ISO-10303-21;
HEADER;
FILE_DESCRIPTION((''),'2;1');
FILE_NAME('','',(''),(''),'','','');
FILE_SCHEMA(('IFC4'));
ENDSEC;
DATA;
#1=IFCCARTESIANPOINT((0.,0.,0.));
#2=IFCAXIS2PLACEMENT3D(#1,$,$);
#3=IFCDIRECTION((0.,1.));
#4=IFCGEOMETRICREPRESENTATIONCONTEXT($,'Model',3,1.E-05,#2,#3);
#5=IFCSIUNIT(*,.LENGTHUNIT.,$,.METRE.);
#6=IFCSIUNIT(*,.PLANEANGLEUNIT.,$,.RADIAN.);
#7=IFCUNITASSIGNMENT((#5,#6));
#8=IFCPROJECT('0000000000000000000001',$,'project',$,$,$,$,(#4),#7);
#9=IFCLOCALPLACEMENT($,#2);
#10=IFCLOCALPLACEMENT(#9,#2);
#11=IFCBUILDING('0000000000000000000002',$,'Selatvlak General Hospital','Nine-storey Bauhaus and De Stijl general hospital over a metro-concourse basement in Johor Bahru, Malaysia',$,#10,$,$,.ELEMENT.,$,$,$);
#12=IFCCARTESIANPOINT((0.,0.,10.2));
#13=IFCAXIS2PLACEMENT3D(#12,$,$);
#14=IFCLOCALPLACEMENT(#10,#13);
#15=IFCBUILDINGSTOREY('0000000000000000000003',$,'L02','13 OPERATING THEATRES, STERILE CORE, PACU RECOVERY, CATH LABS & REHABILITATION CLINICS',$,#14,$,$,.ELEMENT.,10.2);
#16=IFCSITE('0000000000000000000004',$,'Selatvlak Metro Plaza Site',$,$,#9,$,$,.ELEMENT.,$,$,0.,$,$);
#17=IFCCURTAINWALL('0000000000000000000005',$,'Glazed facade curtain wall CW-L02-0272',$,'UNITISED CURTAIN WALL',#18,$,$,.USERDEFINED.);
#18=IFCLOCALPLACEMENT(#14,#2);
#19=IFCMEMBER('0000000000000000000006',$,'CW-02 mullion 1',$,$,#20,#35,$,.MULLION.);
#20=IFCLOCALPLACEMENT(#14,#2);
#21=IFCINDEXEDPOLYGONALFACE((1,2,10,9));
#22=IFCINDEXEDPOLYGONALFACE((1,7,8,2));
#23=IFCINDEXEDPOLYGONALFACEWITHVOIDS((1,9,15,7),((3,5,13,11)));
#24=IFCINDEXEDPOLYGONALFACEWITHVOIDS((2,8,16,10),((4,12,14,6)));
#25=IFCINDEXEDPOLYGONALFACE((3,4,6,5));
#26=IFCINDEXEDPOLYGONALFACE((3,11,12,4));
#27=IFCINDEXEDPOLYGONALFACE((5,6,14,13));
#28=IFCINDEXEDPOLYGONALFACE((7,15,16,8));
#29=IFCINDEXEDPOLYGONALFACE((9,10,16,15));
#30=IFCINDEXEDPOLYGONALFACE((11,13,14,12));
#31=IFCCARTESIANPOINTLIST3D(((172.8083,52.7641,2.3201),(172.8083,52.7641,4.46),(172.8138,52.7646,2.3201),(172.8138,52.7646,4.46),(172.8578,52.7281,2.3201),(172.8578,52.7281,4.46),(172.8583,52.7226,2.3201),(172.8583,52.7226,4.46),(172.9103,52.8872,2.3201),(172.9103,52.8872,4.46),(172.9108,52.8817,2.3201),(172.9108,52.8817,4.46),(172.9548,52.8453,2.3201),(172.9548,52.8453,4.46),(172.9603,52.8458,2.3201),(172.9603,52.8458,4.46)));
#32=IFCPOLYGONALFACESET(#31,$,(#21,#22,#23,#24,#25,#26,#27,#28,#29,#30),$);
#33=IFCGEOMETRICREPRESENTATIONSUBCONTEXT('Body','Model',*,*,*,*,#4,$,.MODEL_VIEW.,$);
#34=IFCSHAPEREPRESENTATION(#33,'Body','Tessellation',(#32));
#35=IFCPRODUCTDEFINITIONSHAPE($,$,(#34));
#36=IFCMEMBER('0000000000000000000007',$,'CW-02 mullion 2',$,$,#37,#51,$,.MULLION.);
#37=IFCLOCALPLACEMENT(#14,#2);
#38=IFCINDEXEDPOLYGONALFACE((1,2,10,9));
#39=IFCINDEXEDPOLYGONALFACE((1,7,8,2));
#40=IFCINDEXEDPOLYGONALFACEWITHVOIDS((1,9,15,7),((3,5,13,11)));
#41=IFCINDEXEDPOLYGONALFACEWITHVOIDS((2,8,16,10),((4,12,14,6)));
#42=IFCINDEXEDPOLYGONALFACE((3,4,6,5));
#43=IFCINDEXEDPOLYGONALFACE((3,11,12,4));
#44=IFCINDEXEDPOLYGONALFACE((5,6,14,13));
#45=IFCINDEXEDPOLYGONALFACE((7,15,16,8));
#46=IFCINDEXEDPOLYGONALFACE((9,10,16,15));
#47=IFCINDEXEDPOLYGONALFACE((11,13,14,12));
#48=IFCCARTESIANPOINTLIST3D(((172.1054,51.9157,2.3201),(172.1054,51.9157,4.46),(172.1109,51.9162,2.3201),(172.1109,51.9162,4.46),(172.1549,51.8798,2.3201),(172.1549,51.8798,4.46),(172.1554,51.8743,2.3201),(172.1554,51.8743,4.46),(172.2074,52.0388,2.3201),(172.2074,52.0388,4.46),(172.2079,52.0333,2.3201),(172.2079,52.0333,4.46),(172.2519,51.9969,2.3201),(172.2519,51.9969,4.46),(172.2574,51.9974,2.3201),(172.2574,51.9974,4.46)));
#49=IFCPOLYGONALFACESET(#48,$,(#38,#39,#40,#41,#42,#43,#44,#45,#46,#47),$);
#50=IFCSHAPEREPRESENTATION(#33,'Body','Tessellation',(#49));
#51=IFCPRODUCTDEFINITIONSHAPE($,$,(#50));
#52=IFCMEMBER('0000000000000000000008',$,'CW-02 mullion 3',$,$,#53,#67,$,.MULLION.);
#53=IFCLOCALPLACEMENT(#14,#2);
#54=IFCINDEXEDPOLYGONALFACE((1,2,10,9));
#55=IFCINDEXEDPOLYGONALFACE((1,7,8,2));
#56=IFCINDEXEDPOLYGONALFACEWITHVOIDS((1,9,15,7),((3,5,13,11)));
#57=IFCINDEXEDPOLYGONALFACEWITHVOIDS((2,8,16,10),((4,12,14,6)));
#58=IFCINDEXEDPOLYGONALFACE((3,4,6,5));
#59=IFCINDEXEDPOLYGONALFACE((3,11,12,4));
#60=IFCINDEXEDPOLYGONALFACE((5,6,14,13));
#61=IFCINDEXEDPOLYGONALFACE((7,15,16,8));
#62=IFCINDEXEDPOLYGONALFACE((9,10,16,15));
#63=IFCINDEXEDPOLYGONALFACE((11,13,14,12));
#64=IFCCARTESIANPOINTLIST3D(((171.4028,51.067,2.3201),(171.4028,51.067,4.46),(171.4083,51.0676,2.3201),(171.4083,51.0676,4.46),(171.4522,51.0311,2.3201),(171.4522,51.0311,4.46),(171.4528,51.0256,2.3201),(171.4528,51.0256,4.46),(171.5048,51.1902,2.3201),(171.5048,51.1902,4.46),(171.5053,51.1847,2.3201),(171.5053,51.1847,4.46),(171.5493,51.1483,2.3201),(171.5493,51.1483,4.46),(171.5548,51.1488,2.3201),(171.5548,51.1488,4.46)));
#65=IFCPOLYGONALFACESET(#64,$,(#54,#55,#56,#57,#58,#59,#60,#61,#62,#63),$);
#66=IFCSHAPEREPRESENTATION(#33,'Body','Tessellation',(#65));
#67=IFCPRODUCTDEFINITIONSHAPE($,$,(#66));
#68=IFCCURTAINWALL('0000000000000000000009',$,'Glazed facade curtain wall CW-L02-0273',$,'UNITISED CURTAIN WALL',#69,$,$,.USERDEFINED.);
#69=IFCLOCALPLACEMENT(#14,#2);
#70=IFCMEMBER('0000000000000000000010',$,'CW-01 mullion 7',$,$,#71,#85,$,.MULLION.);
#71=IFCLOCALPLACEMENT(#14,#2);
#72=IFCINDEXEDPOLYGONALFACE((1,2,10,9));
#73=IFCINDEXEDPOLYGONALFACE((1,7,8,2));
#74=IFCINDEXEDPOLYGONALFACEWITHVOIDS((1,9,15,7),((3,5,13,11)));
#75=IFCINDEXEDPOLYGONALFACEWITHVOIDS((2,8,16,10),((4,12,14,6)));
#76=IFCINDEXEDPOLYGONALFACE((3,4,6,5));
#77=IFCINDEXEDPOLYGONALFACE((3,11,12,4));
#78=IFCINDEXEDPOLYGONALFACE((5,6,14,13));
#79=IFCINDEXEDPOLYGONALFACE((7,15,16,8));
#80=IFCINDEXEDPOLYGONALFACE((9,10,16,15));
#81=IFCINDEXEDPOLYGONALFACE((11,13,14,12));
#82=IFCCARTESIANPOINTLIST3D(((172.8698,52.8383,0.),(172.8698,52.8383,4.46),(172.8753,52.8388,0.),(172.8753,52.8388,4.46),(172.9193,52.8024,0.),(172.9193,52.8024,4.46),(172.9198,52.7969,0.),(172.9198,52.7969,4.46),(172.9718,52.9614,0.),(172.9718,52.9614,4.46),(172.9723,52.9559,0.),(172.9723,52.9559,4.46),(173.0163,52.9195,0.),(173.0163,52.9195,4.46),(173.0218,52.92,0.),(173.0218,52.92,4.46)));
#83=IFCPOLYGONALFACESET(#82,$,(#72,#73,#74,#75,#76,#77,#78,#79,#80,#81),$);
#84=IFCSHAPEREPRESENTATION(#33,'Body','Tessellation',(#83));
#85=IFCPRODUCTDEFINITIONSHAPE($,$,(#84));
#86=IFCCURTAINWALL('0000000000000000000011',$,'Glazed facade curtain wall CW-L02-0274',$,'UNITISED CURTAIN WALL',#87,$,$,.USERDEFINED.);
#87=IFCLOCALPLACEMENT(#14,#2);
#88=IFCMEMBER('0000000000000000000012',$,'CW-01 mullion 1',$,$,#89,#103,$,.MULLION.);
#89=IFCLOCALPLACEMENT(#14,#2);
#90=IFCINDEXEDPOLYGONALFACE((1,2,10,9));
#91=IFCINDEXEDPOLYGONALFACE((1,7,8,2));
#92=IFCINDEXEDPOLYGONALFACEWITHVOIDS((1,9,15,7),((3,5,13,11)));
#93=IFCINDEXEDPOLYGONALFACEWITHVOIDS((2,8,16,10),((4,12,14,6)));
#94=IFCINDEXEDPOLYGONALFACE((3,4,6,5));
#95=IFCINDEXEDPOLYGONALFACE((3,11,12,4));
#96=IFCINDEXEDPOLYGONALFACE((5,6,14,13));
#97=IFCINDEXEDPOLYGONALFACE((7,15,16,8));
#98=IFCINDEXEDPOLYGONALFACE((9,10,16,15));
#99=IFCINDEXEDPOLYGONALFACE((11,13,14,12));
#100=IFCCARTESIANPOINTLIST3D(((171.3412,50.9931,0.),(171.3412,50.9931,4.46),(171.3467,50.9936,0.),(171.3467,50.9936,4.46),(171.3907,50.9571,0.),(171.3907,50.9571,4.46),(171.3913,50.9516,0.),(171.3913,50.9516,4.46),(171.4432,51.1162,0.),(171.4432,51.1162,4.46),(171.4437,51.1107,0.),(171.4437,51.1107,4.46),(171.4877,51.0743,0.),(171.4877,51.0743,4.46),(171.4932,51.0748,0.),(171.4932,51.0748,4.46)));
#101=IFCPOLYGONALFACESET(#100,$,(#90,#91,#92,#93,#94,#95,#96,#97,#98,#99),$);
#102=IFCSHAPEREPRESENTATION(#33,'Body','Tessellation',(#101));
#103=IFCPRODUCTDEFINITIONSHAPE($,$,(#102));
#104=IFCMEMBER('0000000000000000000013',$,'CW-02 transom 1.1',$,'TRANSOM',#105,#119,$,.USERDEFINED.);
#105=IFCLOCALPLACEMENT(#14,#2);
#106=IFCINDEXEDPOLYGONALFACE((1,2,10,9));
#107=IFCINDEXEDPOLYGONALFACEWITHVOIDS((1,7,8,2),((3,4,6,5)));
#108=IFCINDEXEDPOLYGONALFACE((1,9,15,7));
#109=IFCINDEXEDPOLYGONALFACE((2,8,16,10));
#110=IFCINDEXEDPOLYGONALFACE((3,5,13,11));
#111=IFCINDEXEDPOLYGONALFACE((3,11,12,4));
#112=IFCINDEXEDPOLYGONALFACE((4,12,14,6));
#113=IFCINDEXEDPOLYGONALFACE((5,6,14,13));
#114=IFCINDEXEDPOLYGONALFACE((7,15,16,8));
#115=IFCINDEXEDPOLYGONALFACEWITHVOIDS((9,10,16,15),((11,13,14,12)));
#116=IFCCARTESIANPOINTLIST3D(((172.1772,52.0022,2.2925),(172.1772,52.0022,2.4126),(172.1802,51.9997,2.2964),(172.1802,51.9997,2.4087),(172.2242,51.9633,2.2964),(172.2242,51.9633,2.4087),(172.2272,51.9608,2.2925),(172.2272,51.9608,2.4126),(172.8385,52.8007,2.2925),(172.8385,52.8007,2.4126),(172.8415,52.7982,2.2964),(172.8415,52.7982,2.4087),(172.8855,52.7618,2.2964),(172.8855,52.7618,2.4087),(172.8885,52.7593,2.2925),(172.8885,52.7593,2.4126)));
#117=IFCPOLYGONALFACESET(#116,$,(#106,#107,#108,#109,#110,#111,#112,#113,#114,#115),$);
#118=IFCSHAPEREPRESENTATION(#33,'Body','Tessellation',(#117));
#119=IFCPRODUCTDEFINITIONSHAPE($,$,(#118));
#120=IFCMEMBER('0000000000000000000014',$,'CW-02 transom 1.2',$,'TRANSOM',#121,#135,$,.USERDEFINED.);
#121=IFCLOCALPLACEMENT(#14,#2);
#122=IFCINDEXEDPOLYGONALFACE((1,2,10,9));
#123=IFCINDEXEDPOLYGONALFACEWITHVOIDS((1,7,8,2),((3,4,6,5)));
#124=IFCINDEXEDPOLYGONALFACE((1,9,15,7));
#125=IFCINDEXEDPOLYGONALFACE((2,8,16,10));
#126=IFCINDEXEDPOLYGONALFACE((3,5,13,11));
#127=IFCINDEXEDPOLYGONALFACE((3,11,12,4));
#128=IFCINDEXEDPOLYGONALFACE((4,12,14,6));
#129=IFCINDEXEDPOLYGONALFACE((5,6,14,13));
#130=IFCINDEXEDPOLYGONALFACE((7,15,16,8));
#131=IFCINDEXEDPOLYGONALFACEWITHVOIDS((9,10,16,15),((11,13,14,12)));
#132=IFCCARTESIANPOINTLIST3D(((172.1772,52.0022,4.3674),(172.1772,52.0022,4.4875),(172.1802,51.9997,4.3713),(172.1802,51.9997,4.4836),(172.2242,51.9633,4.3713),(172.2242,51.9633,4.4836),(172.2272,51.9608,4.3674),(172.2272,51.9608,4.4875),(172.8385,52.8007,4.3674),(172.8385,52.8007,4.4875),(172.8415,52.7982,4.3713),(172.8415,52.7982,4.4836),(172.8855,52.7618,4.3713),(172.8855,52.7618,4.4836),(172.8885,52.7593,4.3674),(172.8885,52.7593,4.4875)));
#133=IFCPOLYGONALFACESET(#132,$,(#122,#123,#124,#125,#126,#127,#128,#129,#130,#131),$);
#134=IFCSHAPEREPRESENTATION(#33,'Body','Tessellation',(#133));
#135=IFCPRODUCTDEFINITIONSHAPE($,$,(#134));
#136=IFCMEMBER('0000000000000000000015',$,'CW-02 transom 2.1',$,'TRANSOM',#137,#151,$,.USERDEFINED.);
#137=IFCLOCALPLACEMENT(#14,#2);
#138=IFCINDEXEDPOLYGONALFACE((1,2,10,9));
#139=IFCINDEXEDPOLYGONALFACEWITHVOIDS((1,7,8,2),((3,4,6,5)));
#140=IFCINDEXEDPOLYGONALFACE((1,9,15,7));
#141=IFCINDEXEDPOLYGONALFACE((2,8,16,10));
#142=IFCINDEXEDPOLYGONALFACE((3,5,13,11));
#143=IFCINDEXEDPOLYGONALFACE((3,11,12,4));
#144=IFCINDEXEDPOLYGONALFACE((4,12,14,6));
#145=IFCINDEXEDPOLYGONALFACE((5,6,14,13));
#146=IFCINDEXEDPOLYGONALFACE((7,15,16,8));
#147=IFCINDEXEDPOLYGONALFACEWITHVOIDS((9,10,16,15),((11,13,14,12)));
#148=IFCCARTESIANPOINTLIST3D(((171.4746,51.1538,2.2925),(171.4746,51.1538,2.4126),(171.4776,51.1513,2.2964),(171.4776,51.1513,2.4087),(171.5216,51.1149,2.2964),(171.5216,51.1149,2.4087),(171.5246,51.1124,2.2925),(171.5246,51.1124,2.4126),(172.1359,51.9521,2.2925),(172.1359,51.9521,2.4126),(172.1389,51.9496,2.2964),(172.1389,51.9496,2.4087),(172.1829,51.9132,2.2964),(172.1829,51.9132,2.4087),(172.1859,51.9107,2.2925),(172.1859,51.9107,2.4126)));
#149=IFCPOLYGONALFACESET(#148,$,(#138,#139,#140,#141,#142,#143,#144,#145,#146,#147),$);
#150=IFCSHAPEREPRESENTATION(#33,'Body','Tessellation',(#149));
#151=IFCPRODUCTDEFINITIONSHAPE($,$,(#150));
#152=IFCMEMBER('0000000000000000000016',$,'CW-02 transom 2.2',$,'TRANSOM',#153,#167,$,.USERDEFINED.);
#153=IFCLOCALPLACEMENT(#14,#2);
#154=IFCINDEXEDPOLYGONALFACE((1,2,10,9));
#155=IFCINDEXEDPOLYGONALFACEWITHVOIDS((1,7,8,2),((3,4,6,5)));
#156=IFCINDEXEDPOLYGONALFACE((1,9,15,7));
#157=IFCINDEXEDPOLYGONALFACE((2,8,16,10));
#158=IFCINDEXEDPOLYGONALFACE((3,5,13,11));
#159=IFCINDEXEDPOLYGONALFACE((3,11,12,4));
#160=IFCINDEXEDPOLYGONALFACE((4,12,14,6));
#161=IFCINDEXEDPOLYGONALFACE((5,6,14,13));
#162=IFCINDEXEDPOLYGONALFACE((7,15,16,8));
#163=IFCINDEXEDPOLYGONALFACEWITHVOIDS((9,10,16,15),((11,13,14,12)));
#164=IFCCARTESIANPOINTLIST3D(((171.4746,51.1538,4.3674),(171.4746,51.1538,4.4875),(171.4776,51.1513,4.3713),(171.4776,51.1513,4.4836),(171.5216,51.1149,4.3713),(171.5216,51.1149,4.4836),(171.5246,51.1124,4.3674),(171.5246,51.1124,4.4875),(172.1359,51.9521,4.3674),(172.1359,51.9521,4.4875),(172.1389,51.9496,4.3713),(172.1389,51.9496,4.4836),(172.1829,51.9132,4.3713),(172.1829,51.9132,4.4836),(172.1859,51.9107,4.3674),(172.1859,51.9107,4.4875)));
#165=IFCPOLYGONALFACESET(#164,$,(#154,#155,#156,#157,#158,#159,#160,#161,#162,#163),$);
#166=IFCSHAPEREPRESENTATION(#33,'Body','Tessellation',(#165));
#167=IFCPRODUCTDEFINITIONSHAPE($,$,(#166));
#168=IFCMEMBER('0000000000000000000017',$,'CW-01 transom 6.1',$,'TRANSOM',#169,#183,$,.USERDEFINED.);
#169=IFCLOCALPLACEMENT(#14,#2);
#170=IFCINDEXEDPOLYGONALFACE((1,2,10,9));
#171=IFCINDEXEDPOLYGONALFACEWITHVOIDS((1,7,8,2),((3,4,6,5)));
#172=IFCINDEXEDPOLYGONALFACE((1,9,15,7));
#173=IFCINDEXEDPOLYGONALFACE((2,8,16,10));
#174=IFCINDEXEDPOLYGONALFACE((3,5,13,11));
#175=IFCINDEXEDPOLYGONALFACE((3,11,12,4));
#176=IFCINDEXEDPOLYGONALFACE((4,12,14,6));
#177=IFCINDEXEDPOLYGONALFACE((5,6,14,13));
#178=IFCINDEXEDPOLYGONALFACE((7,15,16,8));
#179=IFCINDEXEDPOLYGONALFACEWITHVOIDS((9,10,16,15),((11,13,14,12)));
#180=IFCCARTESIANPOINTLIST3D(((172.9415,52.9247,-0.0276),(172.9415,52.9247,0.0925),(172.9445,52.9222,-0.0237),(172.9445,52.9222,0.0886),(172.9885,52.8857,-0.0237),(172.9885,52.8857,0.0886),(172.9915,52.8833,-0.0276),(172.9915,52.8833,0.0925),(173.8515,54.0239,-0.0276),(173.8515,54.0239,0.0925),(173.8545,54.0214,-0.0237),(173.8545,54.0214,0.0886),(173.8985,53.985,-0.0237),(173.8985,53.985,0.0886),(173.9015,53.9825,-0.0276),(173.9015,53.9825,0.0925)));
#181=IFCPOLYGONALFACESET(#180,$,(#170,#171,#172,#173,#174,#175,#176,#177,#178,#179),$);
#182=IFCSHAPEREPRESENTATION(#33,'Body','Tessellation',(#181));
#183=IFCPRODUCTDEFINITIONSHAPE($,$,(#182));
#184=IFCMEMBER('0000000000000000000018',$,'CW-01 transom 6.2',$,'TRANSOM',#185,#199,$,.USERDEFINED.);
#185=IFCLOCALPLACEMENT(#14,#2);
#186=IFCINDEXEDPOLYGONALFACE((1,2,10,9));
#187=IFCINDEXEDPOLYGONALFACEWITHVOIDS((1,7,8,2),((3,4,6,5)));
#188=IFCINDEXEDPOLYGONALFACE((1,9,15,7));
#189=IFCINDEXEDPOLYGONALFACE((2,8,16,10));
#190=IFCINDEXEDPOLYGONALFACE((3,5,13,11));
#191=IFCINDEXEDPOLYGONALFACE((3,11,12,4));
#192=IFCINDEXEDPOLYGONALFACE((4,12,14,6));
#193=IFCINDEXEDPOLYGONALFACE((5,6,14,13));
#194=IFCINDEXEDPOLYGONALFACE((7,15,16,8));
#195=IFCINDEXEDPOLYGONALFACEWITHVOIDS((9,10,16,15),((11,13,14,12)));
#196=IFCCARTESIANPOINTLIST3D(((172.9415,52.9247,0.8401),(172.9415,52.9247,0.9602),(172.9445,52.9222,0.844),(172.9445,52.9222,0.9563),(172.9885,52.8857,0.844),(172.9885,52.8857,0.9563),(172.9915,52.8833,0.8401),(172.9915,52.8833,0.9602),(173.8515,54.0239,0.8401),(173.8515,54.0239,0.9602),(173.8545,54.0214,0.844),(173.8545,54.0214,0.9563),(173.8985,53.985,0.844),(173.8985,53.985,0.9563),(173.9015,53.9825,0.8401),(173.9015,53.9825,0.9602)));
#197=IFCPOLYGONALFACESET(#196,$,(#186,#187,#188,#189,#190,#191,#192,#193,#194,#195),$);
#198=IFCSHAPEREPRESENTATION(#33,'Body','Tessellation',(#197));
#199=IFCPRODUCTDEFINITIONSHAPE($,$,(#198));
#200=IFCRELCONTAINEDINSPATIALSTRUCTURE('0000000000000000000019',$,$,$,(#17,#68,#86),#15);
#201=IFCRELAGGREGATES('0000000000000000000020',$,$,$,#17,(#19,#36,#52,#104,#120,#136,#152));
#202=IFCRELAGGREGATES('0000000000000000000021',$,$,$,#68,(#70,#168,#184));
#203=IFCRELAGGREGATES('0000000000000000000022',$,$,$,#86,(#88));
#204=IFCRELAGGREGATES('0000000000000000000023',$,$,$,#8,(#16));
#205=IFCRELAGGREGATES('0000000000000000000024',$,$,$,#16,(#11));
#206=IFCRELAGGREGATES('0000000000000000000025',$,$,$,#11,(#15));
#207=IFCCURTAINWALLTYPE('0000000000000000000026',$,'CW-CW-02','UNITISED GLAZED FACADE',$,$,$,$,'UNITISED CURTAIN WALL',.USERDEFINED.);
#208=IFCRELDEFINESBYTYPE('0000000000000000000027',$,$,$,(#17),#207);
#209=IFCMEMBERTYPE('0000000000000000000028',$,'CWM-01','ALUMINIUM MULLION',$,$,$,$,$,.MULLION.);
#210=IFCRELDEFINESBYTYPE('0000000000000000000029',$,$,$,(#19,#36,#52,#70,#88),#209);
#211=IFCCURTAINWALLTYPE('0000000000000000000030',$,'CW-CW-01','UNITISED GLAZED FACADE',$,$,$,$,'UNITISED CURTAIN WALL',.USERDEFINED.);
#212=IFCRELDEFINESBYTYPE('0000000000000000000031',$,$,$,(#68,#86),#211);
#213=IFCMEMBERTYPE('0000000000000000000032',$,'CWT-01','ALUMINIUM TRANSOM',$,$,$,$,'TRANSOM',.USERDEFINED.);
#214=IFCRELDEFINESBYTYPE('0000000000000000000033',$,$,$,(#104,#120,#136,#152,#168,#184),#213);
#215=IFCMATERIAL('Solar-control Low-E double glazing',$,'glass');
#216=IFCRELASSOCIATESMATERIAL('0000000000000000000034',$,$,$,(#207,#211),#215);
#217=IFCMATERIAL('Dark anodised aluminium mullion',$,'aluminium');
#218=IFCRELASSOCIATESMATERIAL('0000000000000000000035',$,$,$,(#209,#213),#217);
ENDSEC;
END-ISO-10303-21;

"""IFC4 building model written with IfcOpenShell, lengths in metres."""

from ifc_helpers import new_model, si_unit, direction, frame, origin, origin_2d, place, context, subcontext, project, spatial, hollow_rectangle, extrude, material, material_profile, profile_set, type_object, element, aggregate, save


model = new_model("IFC4")

# Units and contexts
model_context = context("Model", 3, precision=1e-05, world=origin(), true_north=direction((0.0, 1.0)))
body_context = subcontext(model_context, "Body", "Model", "MODEL_VIEW")
ifc_project = project(units=[si_unit("LENGTHUNIT", "METRE"), si_unit("PLANEANGLEUNIT", "RADIAN")], contexts=[model_context])

# Site, building, storey
site_placement = place(None, origin())
site = spatial("IfcSite", under=ifc_project, at=site_placement, Name="Selatvlak Metro Plaza Site", CompositionType="ELEMENT", RefElevation=0.0)
building_placement = place(site_placement, origin())
building = spatial("IfcBuilding", under=site, at=building_placement, Name="Selatvlak General Hospital", Description="Nine-storey Bauhaus and De Stijl general hospital over a metro-concourse basement in Johor Bahru, Malaysia", CompositionType="ELEMENT")
storey_placement = place(building_placement, frame((0.0, 0.0, 10.2)))
storey = spatial("IfcBuildingStorey", under=building, at=storey_placement, Name="L02", Description="13 OPERATING THEATRES, STERILE CORE, PACU RECOVERY, CATH LABS & REHABILITATION CLINICS", CompositionType="ELEMENT", Elevation=10.2)

# Curtain wall, members
ifc_material_1 = material(Name="Solar-control Low-E double glazing", Category="glass")
curtain_wall_type_1 = type_object("IfcCurtainWallType", Name="CW-CW-02", Description="UNITISED GLAZED FACADE", ElementType="UNITISED CURTAIN WALL", PredefinedType="USERDEFINED", material=ifc_material_1)
curtain_wall_1_placement = place(storey_placement, origin())
curtain_wall_1 = element("IfcCurtainWall", 1, at=curtain_wall_1_placement, inside=storey, type_object=curtain_wall_type_1, Name="Glazed facade curtain wall CW-L02-0272", ObjectType="UNITISED CURTAIN WALL", PredefinedType="USERDEFINED")
ifc_material_2 = material(Name="Dark anodised aluminium mullion", Category="aluminium")
ifc_material_profile_1 = material_profile(ifc_material_2, hollow_rectangle(XDim=0.0649, YDim=0.1599, WallThickness=0.0039, at=origin_2d()), Name="AL-MUL 65x160x4")
ifc_profile_set_1 = profile_set([ifc_material_profile_1], Name="Dark anodised aluminium mullion")
member_type_1 = type_object("IfcMemberType", Name="CWM-01", Description="ALUMINIUM MULLION", PredefinedType="MULLION", material=ifc_profile_set_1)
member_1_placement = place(storey_placement, frame((172.8843, 52.8049, 2.3201), z_axis=(0.0, 0.0, 1.0), x_axis=(0.770133, -0.637883, 0.0)))
member_1 = element("IfcMember", 2, at=member_1_placement, type_object=member_type_1, Name="CW-02 mullion 1", PredefinedType="MULLION", context=body_context, shape_type="SweptSolid", body=[
    extrude(hollow_rectangle(XDim=0.0649, YDim=0.1599, WallThickness=0.0039, at=origin_2d()), origin(), (0.0, 0.0, 1.0), 2.1399),
])
member_2_placement = place(storey_placement, frame((172.1814, 51.9565, 2.3201), z_axis=(0.0, 0.0, 1.0), x_axis=(0.770133, -0.637883, 0.0)))
member_2 = element("IfcMember", 3, at=member_2_placement, type_object=member_type_1, Name="CW-02 mullion 2", PredefinedType="MULLION", context=body_context, shape_type="SweptSolid", body=[
    extrude(hollow_rectangle(XDim=0.0649, YDim=0.1599, WallThickness=0.0039, at=origin_2d()), origin(), (0.0, 0.0, 1.0), 2.1399),
])
member_3_placement = place(storey_placement, frame((171.4788, 51.1079, 2.3201), z_axis=(0.0, 0.0, 1.0), x_axis=(0.770133, -0.637883, 0.0)))
member_3 = element("IfcMember", 4, at=member_3_placement, type_object=member_type_1, Name="CW-02 mullion 3", PredefinedType="MULLION", context=body_context, shape_type="SweptSolid", body=[
    extrude(hollow_rectangle(XDim=0.0649, YDim=0.1599, WallThickness=0.0039, at=origin_2d()), origin(), (0.0, 0.0, 1.0), 2.1399),
])

# Curtain walls, members
curtain_wall_type_2 = type_object("IfcCurtainWallType", Name="CW-CW-01", Description="UNITISED GLAZED FACADE", ElementType="UNITISED CURTAIN WALL", PredefinedType="USERDEFINED", material=ifc_material_1)
curtain_wall_2_placement = place(storey_placement, origin())
curtain_wall_2 = element("IfcCurtainWall", 5, at=curtain_wall_2_placement, inside=storey, type_object=curtain_wall_type_2, Name="Glazed facade curtain wall CW-L02-0273", ObjectType="UNITISED CURTAIN WALL", PredefinedType="USERDEFINED")
member_4_placement = place(storey_placement, frame((172.9458, 52.8792, 0.0), z_axis=(0.0, 0.0, 1.0), x_axis=(0.770252, -0.63774, 0.0)))
member_4 = element("IfcMember", 6, at=member_4_placement, type_object=member_type_1, Name="CW-01 mullion 7", PredefinedType="MULLION", context=body_context, shape_type="SweptSolid", body=[
    extrude(hollow_rectangle(XDim=0.0649, YDim=0.1599, WallThickness=0.0039, at=origin_2d()), origin(), (0.0, 0.0, 1.0), 4.46),
])
curtain_wall_3_placement = place(storey_placement, origin())
curtain_wall_3 = element("IfcCurtainWall", 7, at=curtain_wall_3_placement, inside=storey, type_object=curtain_wall_type_2, Name="Glazed facade curtain wall CW-L02-0274", ObjectType="UNITISED CURTAIN WALL", PredefinedType="USERDEFINED")
member_5_placement = place(storey_placement, frame((171.4172, 51.0339, 0.0), z_axis=(0.0, 0.0, 1.0), x_axis=(0.770267, -0.637721, 0.0)))
member_5 = element("IfcMember", 8, at=member_5_placement, type_object=member_type_1, Name="CW-01 mullion 1", PredefinedType="MULLION", context=body_context, shape_type="SweptSolid", body=[
    extrude(hollow_rectangle(XDim=0.0649, YDim=0.1599, WallThickness=0.0039, at=origin_2d()), origin(), (0.0, 0.0, 1.0), 4.46),
])

# Members
ifc_material_profile_2 = material_profile(ifc_material_2, hollow_rectangle(XDim=0.0649, YDim=0.1201, WallThickness=0.0039, at=origin_2d()), Name="AL-TRN 65x120x4")
ifc_profile_set_2 = profile_set([ifc_material_profile_2], Name="Dark anodised aluminium mullion")
member_type_2 = type_object("IfcMemberType", Name="CWT-01", Description="ALUMINIUM TRANSOM", ElementType="TRANSOM", PredefinedType="USERDEFINED", material=ifc_profile_set_2)
member_6_placement = place(storey_placement, frame((172.8635, 52.78, 2.3525), z_axis=(-0.637842, -0.770167, 0.0), x_axis=(0.770167, -0.637842, 0.0)))
member_6 = element("IfcMember", 9, at=member_6_placement, type_object=member_type_2, Name="CW-02 transom 1.1", ObjectType="TRANSOM", PredefinedType="USERDEFINED", context=body_context, shape_type="SweptSolid", body=[
    extrude(hollow_rectangle(XDim=0.0649, YDim=0.1201, WallThickness=0.0039, at=origin_2d()), origin(), (0.0, 0.0, 1.0), 1.0369),
])
member_7_placement = place(storey_placement, frame((172.8635, 52.78, 4.4275), z_axis=(-0.637842, -0.770167, 0.0), x_axis=(0.770167, -0.637842, 0.0)))
member_7 = element("IfcMember", 10, at=member_7_placement, type_object=member_type_2, Name="CW-02 transom 1.2", ObjectType="TRANSOM", PredefinedType="USERDEFINED", context=body_context, shape_type="SweptSolid", body=[
    extrude(hollow_rectangle(XDim=0.0649, YDim=0.1201, WallThickness=0.0039, at=origin_2d()), origin(), (0.0, 0.0, 1.0), 1.0369),
])
member_8_placement = place(storey_placement, frame((172.1609, 51.9314, 2.3525), z_axis=(-0.637958, -0.770071, 0.0), x_axis=(0.770071, -0.637958, 0.0)))
member_8 = element("IfcMember", 11, at=member_8_placement, type_object=member_type_2, Name="CW-02 transom 2.1", ObjectType="TRANSOM", PredefinedType="USERDEFINED", context=body_context, shape_type="SweptSolid", body=[
    extrude(hollow_rectangle(XDim=0.0649, YDim=0.1201, WallThickness=0.0039, at=origin_2d()), origin(), (0.0, 0.0, 1.0), 1.0366),
])
member_9_placement = place(storey_placement, frame((172.1609, 51.9314, 4.4275), z_axis=(-0.637958, -0.770071, 0.0), x_axis=(0.770071, -0.637958, 0.0)))
member_9 = element("IfcMember", 12, at=member_9_placement, type_object=member_type_2, Name="CW-02 transom 2.2", ObjectType="TRANSOM", PredefinedType="USERDEFINED", context=body_context, shape_type="SweptSolid", body=[
    extrude(hollow_rectangle(XDim=0.0649, YDim=0.1201, WallThickness=0.0039, at=origin_2d()), origin(), (0.0, 0.0, 1.0), 1.0366),
])
member_10_placement = place(storey_placement, frame((173.8765, 54.0032, 0.0325), z_axis=(-0.63769, -0.770293, 0.0), x_axis=(0.770293, -0.63769, 0.0)))
member_10 = element("IfcMember", 13, at=member_10_placement, type_object=member_type_2, Name="CW-01 transom 6.1", ObjectType="TRANSOM", PredefinedType="USERDEFINED", context=body_context, shape_type="SweptSolid", body=[
    extrude(hollow_rectangle(XDim=0.0649, YDim=0.1201, WallThickness=0.0039, at=origin_2d()), origin(), (0.0, 0.0, 1.0), 1.427),
])
member_11_placement = place(storey_placement, frame((173.8765, 54.0032, 0.9001), z_axis=(-0.63769, -0.770293, 0.0), x_axis=(0.770293, -0.63769, 0.0)))
member_11 = element("IfcMember", 14, at=member_11_placement, type_object=member_type_2, Name="CW-01 transom 6.2", ObjectType="TRANSOM", PredefinedType="USERDEFINED", context=body_context, shape_type="SweptSolid", body=[
    extrude(hollow_rectangle(XDim=0.0649, YDim=0.1201, WallThickness=0.0039, at=origin_2d()), origin(), (0.0, 0.0, 1.0), 1.427),
])

aggregate(curtain_wall_1, [member_1, member_2, member_3, member_6, member_7, member_8, member_9])
aggregate(curtain_wall_2, [member_4, member_10, member_11])
aggregate(curtain_wall_3, [member_5])

save(model, "model.ifc")
